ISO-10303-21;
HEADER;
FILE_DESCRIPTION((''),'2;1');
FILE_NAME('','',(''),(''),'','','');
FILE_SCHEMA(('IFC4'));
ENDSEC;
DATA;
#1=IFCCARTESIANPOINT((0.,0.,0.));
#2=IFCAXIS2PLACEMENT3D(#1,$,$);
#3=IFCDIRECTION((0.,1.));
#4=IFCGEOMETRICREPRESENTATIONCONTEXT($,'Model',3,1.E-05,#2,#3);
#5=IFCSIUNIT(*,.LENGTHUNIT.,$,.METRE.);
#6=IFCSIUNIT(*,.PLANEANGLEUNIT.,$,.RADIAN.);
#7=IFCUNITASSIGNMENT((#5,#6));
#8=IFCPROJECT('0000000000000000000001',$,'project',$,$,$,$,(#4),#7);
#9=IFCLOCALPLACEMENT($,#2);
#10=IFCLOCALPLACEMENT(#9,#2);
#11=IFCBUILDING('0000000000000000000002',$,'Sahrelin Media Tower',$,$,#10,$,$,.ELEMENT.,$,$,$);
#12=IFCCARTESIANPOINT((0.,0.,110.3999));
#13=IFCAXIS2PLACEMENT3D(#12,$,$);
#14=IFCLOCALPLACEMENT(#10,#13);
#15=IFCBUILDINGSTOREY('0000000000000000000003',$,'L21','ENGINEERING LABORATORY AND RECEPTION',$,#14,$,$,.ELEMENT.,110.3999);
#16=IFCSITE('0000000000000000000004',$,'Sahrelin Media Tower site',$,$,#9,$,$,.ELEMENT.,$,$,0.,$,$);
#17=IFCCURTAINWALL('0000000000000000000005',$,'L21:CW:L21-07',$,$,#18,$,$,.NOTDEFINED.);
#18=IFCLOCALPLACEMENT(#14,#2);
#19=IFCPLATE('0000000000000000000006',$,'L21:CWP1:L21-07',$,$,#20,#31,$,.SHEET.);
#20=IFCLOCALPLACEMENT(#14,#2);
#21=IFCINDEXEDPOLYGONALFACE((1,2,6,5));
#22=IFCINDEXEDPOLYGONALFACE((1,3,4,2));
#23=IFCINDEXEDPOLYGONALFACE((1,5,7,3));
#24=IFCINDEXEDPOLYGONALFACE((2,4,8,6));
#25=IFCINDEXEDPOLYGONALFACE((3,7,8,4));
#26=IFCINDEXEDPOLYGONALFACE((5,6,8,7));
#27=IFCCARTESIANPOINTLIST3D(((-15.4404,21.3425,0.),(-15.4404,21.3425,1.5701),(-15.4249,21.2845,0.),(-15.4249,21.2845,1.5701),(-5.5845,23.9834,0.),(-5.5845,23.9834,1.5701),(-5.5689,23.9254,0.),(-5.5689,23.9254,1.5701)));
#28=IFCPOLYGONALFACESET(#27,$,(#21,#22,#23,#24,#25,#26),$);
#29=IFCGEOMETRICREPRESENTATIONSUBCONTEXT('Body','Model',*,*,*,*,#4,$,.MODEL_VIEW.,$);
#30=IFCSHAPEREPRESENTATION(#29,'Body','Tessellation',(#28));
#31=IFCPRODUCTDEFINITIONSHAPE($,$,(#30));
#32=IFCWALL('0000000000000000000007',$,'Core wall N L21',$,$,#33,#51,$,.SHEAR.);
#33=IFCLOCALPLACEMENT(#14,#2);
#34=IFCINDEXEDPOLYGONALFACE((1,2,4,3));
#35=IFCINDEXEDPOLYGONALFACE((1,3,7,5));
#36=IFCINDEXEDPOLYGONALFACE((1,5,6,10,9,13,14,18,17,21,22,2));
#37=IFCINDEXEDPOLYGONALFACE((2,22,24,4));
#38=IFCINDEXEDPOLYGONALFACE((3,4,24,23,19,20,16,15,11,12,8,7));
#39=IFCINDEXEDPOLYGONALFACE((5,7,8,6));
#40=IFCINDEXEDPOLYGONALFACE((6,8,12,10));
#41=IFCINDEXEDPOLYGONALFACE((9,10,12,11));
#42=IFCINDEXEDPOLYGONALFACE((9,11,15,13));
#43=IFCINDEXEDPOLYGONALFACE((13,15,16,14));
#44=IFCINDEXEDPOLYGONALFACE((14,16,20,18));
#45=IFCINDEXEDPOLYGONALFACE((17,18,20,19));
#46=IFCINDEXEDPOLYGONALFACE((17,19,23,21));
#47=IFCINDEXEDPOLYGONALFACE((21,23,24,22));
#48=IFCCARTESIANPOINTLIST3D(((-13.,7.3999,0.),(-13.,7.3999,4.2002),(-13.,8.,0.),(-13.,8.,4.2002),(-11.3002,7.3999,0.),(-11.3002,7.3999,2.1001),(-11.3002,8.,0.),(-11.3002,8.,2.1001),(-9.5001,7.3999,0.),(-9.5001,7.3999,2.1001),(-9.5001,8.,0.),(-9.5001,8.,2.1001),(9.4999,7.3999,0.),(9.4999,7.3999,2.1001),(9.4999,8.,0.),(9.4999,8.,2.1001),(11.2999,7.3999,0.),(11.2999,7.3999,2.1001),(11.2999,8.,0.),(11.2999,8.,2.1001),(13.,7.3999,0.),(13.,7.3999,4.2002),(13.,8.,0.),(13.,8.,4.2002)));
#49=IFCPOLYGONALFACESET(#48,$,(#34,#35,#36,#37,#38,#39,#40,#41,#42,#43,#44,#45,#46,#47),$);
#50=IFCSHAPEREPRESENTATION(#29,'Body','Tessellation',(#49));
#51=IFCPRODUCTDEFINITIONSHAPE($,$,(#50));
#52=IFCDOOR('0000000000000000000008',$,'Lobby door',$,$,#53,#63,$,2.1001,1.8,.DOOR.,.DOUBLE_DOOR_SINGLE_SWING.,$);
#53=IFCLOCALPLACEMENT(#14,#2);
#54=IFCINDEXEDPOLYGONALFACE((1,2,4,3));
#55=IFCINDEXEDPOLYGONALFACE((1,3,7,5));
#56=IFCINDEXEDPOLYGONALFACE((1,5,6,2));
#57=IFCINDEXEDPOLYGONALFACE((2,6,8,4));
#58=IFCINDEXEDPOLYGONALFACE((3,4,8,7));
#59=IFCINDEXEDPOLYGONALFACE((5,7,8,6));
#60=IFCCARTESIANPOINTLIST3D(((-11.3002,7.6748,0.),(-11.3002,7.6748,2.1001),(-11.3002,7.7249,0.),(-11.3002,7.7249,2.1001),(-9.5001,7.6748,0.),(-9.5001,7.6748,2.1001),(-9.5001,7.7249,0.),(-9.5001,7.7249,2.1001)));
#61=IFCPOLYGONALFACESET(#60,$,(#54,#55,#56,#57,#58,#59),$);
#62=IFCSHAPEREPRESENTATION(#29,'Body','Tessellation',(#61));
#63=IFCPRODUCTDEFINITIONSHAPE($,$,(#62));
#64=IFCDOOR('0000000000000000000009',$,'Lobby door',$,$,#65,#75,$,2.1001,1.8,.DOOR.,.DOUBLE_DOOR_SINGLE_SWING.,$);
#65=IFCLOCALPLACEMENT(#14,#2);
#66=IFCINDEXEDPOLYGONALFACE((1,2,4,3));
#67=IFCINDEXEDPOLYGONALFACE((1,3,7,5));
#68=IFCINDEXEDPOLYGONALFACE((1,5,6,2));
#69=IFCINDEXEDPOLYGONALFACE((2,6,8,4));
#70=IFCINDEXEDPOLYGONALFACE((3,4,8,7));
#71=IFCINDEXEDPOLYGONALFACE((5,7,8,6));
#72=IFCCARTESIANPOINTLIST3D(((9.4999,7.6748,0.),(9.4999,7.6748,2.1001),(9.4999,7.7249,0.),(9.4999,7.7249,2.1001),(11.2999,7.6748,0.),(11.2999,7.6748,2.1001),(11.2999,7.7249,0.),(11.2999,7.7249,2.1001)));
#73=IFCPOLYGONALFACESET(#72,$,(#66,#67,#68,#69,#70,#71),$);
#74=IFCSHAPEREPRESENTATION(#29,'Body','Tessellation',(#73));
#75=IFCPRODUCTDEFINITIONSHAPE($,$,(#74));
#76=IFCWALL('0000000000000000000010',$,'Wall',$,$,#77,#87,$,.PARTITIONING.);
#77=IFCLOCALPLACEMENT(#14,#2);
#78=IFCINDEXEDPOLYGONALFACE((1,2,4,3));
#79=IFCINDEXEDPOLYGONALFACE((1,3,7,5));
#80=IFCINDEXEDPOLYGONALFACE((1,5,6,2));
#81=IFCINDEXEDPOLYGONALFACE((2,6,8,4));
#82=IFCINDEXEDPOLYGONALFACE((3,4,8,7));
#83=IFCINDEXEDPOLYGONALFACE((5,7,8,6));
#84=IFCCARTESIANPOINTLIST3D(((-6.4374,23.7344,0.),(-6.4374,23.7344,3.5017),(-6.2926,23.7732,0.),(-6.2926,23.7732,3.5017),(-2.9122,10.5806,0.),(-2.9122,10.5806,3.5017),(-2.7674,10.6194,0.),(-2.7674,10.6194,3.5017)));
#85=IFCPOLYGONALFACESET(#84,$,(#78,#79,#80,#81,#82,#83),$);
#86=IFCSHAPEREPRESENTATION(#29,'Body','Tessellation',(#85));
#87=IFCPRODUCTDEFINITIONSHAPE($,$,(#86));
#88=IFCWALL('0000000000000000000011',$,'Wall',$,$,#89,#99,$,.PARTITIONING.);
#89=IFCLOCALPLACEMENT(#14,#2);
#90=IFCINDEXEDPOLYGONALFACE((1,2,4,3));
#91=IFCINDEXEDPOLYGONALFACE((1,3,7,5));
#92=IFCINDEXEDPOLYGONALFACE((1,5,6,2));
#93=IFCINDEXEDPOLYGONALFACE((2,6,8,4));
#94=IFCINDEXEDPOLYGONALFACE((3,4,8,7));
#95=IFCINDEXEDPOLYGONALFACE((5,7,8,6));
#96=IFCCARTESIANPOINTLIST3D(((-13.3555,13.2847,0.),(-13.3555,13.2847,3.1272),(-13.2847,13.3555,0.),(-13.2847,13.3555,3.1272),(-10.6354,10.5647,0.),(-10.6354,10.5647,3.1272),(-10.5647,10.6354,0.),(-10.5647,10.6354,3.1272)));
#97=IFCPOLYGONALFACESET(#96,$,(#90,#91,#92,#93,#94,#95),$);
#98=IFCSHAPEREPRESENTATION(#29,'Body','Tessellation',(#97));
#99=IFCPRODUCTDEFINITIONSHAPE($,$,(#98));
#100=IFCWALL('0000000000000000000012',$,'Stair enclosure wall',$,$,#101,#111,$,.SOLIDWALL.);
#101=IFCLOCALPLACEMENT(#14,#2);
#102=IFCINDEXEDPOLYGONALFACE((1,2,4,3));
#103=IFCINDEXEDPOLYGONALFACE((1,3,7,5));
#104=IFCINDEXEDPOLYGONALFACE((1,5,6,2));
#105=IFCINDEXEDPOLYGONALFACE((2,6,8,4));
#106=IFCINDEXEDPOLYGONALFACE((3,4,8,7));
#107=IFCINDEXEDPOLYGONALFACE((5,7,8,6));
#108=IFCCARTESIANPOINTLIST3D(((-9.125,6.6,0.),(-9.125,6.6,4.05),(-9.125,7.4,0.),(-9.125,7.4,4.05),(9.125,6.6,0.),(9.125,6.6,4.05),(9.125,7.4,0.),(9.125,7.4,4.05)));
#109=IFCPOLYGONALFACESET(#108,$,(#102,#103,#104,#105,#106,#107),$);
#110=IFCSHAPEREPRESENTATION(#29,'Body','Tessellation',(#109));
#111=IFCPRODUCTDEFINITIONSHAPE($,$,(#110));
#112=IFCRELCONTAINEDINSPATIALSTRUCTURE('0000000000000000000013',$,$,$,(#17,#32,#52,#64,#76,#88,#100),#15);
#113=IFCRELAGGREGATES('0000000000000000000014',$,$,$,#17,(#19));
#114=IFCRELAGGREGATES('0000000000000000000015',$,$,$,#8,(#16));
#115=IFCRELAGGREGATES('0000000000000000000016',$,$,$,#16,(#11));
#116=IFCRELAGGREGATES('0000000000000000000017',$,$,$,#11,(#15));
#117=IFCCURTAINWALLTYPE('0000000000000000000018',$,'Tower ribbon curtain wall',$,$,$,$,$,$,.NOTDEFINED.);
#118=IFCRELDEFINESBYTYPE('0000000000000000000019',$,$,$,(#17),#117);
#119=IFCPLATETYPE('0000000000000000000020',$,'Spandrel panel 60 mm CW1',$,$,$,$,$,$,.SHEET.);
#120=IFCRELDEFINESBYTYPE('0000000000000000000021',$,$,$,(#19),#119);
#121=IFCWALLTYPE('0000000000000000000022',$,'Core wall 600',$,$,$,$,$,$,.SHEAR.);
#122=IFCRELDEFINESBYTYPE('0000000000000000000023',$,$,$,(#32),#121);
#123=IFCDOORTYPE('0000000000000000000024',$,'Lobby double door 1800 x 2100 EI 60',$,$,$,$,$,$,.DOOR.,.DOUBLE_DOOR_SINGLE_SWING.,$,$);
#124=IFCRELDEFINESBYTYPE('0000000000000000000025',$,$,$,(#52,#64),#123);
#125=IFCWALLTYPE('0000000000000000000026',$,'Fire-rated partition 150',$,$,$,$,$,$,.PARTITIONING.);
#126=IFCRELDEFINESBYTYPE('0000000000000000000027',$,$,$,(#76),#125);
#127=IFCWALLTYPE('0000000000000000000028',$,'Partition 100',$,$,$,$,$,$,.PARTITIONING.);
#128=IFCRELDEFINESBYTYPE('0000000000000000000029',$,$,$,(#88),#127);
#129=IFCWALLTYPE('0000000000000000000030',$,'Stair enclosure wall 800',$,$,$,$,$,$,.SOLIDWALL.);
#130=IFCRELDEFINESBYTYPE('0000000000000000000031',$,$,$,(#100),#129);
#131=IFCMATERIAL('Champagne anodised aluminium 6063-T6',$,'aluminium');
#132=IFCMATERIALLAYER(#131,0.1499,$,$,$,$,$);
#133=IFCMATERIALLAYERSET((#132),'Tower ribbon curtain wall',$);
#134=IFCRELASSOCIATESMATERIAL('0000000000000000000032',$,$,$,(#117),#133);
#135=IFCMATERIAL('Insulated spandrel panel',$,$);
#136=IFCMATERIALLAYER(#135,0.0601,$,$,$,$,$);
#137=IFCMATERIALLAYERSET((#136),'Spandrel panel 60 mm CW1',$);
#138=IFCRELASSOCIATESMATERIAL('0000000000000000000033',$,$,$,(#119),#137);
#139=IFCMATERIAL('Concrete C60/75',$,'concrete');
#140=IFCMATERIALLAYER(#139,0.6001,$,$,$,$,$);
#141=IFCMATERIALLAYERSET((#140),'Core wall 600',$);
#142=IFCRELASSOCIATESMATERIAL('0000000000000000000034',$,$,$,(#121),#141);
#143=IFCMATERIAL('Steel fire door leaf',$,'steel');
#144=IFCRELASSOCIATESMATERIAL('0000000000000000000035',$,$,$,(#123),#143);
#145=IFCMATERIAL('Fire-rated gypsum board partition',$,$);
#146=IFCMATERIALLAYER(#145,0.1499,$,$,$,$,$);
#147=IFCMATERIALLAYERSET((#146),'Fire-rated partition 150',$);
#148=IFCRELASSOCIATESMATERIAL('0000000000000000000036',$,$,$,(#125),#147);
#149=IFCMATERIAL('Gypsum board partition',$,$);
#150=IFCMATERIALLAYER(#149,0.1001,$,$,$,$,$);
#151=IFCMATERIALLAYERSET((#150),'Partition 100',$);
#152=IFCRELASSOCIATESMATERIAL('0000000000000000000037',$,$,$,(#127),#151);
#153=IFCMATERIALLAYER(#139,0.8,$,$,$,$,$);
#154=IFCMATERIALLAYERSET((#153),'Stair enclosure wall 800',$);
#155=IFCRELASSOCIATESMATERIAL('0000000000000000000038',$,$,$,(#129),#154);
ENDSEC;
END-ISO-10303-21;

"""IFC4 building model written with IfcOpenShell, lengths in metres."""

from ifc_helpers import new_model, si_unit, direction, frame, frame_2d, origin, place, context, subcontext, project, spatial, polyline, rectangle, outline, extrude, material, layer, layer_set, type_object, element, fill, aggregate, save


model = new_model("IFC4")

# Units and contexts
model_context = context("Model", 3, precision=1e-05, world=origin(), true_north=direction((0.0, 1.0)))
body_context = subcontext(model_context, "Body", "Model", "MODEL_VIEW")
ifc_project = project(units=[si_unit("LENGTHUNIT", "METRE"), si_unit("PLANEANGLEUNIT", "RADIAN")], contexts=[model_context])

# Site, building, storey
site_placement = place(None, origin())
site = spatial("IfcSite", under=ifc_project, at=site_placement, Name="Sahrelin Media Tower site", CompositionType="ELEMENT", RefElevation=0.0)
building_placement = place(site_placement, origin())
building = spatial("IfcBuilding", under=site, at=building_placement, Name="Sahrelin Media Tower", CompositionType="ELEMENT")
storey_placement = place(building_placement, frame((0.0, 0.0, 110.3999)))
storey = spatial("IfcBuildingStorey", under=building, at=storey_placement, Name="L21", Description="ENGINEERING LABORATORY AND RECEPTION", CompositionType="ELEMENT", Elevation=110.3999)

# Curtain wall
ifc_material_1 = material(Name="Champagne anodised aluminium 6063-T6", Category="aluminium")
ifc_layer_1 = layer(ifc_material_1, 0.1499)
ifc_layer_set_1 = layer_set([ifc_layer_1], Name="Tower ribbon curtain wall")
curtain_wall_type = type_object("IfcCurtainWallType", Name="Tower ribbon curtain wall", PredefinedType="NOTDEFINED", material=ifc_layer_set_1)
curtain_wall_1_placement = place(storey_placement, frame((-10.5073, 22.6438, 0.0), z_axis=(0.0, 0.0, 1.0), x_axis=(1.0, 0.0, 0.0)))
curtain_wall_1 = element("IfcCurtainWall", 1, at=curtain_wall_1_placement, inside=storey, type_object=curtain_wall_type, Name="L21:CW:L21-07", PredefinedType="NOTDEFINED")

# Plate
ifc_material_2 = material(Name="Insulated spandrel panel")
ifc_layer_2 = layer(ifc_material_2, 0.0601)
ifc_layer_set_2 = layer_set([ifc_layer_2], Name="Spandrel panel 60 mm CW1")
plate_type_1 = type_object("IfcPlateType", Name="Spandrel panel 60 mm CW1", PredefinedType="SHEET", material=ifc_layer_set_2)
plate_1_placement = place(storey_placement, frame((-5.5845, 23.9834, 0.0), z_axis=(-0.258817, 0.965926, 0.0), x_axis=(-0.965926, -0.258817, 0.0)))
plate_1 = element("IfcPlate", 2, at=plate_1_placement, type_object=plate_type_1, Name="L21:CWP1:L21-07", PredefinedType="SHEET", context=body_context, shape_type="SweptSolid", body=[
    extrude(outline(polyline([(0.0, 0.0), (10.2036, 0.0), (10.2036, 1.5701), (0.0, 1.5701), (0.0, 0.0)])), origin(), (0.0, 0.0, -1.0), 0.0601),
])
aggregate(curtain_wall_1, [plate_1])

# Wall, openings, doors
ifc_material_3 = material(Name="Concrete C60/75", Category="concrete")
ifc_layer_3 = layer(ifc_material_3, 0.6001)
ifc_layer_set_3 = layer_set([ifc_layer_3], Name="Core wall 600")
wall_type_1 = type_object("IfcWallType", Name="Core wall 600", PredefinedType="SHEAR", material=ifc_layer_set_3)
wall_1_placement = place(storey_placement, frame((-13.0, 7.7, 0.0), z_axis=(0.0, 0.0, 1.0), x_axis=(1.0, 0.0, 0.0)))
wall_1 = element("IfcWall", 3, at=wall_1_placement, inside=storey, type_object=wall_type_1, Name="Core wall N L21", PredefinedType="SHEAR", context=body_context, shape_type="SweptSolid", body=[
    extrude(rectangle(XDim=26.0, YDim=0.6001, at=frame_2d((13.0, 0.0))), origin(), (0.0, 0.0, 1.0), 4.2002),
])
opening_1_placement = place(wall_1_placement, frame((1.7, 0.0, 0.0)))
opening_1 = element("IfcOpeningElement", 4, at=opening_1_placement, cuts=wall_1, PredefinedType="OPENING", context=body_context, shape_type="SweptSolid", body=[
    extrude(rectangle(XDim=1.8, YDim=2.1001, at=frame_2d((0.8999, 1.05))), frame((0.0, 0.3, 0.0), z_axis=(0.0, -1.0, 0.0), x_axis=(1.0, 0.0, 0.0)), (0.0, 0.0, 1.0), 0.6001),
])
opening_2_placement = place(wall_1_placement, frame((22.5, 0.0, 0.0)))
opening_2 = element("IfcOpeningElement", 5, at=opening_2_placement, cuts=wall_1, PredefinedType="OPENING", context=body_context, shape_type="SweptSolid", body=[
    extrude(rectangle(XDim=1.8, YDim=2.1001, at=frame_2d((0.8999, 1.05))), frame((0.0, 0.3, 0.0), z_axis=(0.0, -1.0, 0.0), x_axis=(1.0, 0.0, 0.0)), (0.0, 0.0, 1.0), 0.6001),
])
ifc_material_4 = material(Name="Steel fire door leaf", Category="steel")
door_type = type_object("IfcDoorType", Name="Lobby double door 1800 x 2100 EI 60", OperationType="DOUBLE_DOOR_SINGLE_SWING", PredefinedType="DOOR", material=ifc_material_4)
door_1_placement = place(opening_1_placement, origin())
door_1 = element("IfcDoor", 6, at=door_1_placement, inside=storey, type_object=door_type, Name="Lobby door", OperationType="DOUBLE_DOOR_SINGLE_SWING", OverallHeight=2.1001, OverallWidth=1.8, PredefinedType="DOOR", context=body_context, shape_type="SweptSolid", body=[
    extrude(rectangle(XDim=1.8, YDim=2.1001, at=frame_2d((0.8999, 1.05))), frame((0.0, 0.0249, 0.0), z_axis=(0.0, -1.0, 0.0), x_axis=(1.0, 0.0, 0.0)), (0.0, 0.0, 1.0), 0.05),
])
fill(opening_1, door_1)
door_2_placement = place(opening_2_placement, origin())
door_2 = element("IfcDoor", 7, at=door_2_placement, inside=storey, type_object=door_type, Name="Lobby door", OperationType="DOUBLE_DOOR_SINGLE_SWING", OverallHeight=2.1001, OverallWidth=1.8, PredefinedType="DOOR", context=body_context, shape_type="SweptSolid", body=[
    extrude(rectangle(XDim=1.8, YDim=2.1001, at=frame_2d((0.8999, 1.05))), frame((0.0, 0.0249, 0.0), z_axis=(0.0, -1.0, 0.0), x_axis=(1.0, 0.0, 0.0)), (0.0, 0.0, 1.0), 0.05),
])
fill(opening_2, door_2)

# Walls
ifc_material_5 = material(Name="Fire-rated gypsum board partition")
ifc_layer_4 = layer(ifc_material_5, 0.1499)
ifc_layer_set_4 = layer_set([ifc_layer_4], Name="Fire-rated partition 150")
wall_type_2 = type_object("IfcWallType", Name="Fire-rated partition 150", PredefinedType="PARTITIONING", material=ifc_layer_set_4)
wall_2_placement = place(storey_placement, frame((-6.365, 23.7539, 0.0), z_axis=(0.0, 0.0, 1.0), x_axis=(0.25886, -0.965915, 0.0)))
element("IfcWall", 8, at=wall_2_placement, inside=storey, type_object=wall_type_2, Name="Wall", PredefinedType="PARTITIONING", context=body_context, shape_type="SweptSolid", body=[
    extrude(rectangle(XDim=13.6179, YDim=0.1499, at=frame_2d((6.8091, 0.0))), origin(), (0.0, 0.0, 1.0), 3.5017),
])
ifc_material_6 = material(Name="Gypsum board partition")
ifc_layer_5 = layer(ifc_material_6, 0.1001)
ifc_layer_set_5 = layer_set([ifc_layer_5], Name="Partition 100")
wall_type_3 = type_object("IfcWallType", Name="Partition 100", PredefinedType="PARTITIONING", material=ifc_layer_set_5)
wall_3_placement = place(storey_placement, frame((-13.3201, 13.3201, 0.0), z_axis=(0.0, 0.0, 1.0), x_axis=(0.707107, -0.707107, 0.0)))
element("IfcWall", 9, at=wall_3_placement, inside=storey, type_object=wall_type_3, Name="Wall", PredefinedType="PARTITIONING", context=body_context, shape_type="SweptSolid", body=[
    extrude(rectangle(XDim=3.8467, YDim=0.1001, at=frame_2d((1.9233, 0.0))), origin(), (0.0, 0.0, 1.0), 3.1272),
])
ifc_layer_6 = layer(ifc_material_3, 0.8)
ifc_layer_set_6 = layer_set([ifc_layer_6], Name="Stair enclosure wall 800")
wall_type_4 = type_object("IfcWallType", Name="Stair enclosure wall 800", PredefinedType="SOLIDWALL", material=ifc_layer_set_6)
wall_4_placement = place(storey_placement, frame((-9.125, 7.0, 0.0), z_axis=(0.0, 0.0, 1.0), x_axis=(1.0, 0.0, 0.0)))
element("IfcWall", 10, at=wall_4_placement, inside=storey, type_object=wall_type_4, Name="Stair enclosure wall", PredefinedType="SOLIDWALL", context=body_context, shape_type="SweptSolid", body=[
    extrude(rectangle(XDim=18.25, YDim=0.8, at=frame_2d((9.125, 0.0))), origin(), (0.0, 0.0, 1.0), 4.05),
])

save(model, "model.ifc")
